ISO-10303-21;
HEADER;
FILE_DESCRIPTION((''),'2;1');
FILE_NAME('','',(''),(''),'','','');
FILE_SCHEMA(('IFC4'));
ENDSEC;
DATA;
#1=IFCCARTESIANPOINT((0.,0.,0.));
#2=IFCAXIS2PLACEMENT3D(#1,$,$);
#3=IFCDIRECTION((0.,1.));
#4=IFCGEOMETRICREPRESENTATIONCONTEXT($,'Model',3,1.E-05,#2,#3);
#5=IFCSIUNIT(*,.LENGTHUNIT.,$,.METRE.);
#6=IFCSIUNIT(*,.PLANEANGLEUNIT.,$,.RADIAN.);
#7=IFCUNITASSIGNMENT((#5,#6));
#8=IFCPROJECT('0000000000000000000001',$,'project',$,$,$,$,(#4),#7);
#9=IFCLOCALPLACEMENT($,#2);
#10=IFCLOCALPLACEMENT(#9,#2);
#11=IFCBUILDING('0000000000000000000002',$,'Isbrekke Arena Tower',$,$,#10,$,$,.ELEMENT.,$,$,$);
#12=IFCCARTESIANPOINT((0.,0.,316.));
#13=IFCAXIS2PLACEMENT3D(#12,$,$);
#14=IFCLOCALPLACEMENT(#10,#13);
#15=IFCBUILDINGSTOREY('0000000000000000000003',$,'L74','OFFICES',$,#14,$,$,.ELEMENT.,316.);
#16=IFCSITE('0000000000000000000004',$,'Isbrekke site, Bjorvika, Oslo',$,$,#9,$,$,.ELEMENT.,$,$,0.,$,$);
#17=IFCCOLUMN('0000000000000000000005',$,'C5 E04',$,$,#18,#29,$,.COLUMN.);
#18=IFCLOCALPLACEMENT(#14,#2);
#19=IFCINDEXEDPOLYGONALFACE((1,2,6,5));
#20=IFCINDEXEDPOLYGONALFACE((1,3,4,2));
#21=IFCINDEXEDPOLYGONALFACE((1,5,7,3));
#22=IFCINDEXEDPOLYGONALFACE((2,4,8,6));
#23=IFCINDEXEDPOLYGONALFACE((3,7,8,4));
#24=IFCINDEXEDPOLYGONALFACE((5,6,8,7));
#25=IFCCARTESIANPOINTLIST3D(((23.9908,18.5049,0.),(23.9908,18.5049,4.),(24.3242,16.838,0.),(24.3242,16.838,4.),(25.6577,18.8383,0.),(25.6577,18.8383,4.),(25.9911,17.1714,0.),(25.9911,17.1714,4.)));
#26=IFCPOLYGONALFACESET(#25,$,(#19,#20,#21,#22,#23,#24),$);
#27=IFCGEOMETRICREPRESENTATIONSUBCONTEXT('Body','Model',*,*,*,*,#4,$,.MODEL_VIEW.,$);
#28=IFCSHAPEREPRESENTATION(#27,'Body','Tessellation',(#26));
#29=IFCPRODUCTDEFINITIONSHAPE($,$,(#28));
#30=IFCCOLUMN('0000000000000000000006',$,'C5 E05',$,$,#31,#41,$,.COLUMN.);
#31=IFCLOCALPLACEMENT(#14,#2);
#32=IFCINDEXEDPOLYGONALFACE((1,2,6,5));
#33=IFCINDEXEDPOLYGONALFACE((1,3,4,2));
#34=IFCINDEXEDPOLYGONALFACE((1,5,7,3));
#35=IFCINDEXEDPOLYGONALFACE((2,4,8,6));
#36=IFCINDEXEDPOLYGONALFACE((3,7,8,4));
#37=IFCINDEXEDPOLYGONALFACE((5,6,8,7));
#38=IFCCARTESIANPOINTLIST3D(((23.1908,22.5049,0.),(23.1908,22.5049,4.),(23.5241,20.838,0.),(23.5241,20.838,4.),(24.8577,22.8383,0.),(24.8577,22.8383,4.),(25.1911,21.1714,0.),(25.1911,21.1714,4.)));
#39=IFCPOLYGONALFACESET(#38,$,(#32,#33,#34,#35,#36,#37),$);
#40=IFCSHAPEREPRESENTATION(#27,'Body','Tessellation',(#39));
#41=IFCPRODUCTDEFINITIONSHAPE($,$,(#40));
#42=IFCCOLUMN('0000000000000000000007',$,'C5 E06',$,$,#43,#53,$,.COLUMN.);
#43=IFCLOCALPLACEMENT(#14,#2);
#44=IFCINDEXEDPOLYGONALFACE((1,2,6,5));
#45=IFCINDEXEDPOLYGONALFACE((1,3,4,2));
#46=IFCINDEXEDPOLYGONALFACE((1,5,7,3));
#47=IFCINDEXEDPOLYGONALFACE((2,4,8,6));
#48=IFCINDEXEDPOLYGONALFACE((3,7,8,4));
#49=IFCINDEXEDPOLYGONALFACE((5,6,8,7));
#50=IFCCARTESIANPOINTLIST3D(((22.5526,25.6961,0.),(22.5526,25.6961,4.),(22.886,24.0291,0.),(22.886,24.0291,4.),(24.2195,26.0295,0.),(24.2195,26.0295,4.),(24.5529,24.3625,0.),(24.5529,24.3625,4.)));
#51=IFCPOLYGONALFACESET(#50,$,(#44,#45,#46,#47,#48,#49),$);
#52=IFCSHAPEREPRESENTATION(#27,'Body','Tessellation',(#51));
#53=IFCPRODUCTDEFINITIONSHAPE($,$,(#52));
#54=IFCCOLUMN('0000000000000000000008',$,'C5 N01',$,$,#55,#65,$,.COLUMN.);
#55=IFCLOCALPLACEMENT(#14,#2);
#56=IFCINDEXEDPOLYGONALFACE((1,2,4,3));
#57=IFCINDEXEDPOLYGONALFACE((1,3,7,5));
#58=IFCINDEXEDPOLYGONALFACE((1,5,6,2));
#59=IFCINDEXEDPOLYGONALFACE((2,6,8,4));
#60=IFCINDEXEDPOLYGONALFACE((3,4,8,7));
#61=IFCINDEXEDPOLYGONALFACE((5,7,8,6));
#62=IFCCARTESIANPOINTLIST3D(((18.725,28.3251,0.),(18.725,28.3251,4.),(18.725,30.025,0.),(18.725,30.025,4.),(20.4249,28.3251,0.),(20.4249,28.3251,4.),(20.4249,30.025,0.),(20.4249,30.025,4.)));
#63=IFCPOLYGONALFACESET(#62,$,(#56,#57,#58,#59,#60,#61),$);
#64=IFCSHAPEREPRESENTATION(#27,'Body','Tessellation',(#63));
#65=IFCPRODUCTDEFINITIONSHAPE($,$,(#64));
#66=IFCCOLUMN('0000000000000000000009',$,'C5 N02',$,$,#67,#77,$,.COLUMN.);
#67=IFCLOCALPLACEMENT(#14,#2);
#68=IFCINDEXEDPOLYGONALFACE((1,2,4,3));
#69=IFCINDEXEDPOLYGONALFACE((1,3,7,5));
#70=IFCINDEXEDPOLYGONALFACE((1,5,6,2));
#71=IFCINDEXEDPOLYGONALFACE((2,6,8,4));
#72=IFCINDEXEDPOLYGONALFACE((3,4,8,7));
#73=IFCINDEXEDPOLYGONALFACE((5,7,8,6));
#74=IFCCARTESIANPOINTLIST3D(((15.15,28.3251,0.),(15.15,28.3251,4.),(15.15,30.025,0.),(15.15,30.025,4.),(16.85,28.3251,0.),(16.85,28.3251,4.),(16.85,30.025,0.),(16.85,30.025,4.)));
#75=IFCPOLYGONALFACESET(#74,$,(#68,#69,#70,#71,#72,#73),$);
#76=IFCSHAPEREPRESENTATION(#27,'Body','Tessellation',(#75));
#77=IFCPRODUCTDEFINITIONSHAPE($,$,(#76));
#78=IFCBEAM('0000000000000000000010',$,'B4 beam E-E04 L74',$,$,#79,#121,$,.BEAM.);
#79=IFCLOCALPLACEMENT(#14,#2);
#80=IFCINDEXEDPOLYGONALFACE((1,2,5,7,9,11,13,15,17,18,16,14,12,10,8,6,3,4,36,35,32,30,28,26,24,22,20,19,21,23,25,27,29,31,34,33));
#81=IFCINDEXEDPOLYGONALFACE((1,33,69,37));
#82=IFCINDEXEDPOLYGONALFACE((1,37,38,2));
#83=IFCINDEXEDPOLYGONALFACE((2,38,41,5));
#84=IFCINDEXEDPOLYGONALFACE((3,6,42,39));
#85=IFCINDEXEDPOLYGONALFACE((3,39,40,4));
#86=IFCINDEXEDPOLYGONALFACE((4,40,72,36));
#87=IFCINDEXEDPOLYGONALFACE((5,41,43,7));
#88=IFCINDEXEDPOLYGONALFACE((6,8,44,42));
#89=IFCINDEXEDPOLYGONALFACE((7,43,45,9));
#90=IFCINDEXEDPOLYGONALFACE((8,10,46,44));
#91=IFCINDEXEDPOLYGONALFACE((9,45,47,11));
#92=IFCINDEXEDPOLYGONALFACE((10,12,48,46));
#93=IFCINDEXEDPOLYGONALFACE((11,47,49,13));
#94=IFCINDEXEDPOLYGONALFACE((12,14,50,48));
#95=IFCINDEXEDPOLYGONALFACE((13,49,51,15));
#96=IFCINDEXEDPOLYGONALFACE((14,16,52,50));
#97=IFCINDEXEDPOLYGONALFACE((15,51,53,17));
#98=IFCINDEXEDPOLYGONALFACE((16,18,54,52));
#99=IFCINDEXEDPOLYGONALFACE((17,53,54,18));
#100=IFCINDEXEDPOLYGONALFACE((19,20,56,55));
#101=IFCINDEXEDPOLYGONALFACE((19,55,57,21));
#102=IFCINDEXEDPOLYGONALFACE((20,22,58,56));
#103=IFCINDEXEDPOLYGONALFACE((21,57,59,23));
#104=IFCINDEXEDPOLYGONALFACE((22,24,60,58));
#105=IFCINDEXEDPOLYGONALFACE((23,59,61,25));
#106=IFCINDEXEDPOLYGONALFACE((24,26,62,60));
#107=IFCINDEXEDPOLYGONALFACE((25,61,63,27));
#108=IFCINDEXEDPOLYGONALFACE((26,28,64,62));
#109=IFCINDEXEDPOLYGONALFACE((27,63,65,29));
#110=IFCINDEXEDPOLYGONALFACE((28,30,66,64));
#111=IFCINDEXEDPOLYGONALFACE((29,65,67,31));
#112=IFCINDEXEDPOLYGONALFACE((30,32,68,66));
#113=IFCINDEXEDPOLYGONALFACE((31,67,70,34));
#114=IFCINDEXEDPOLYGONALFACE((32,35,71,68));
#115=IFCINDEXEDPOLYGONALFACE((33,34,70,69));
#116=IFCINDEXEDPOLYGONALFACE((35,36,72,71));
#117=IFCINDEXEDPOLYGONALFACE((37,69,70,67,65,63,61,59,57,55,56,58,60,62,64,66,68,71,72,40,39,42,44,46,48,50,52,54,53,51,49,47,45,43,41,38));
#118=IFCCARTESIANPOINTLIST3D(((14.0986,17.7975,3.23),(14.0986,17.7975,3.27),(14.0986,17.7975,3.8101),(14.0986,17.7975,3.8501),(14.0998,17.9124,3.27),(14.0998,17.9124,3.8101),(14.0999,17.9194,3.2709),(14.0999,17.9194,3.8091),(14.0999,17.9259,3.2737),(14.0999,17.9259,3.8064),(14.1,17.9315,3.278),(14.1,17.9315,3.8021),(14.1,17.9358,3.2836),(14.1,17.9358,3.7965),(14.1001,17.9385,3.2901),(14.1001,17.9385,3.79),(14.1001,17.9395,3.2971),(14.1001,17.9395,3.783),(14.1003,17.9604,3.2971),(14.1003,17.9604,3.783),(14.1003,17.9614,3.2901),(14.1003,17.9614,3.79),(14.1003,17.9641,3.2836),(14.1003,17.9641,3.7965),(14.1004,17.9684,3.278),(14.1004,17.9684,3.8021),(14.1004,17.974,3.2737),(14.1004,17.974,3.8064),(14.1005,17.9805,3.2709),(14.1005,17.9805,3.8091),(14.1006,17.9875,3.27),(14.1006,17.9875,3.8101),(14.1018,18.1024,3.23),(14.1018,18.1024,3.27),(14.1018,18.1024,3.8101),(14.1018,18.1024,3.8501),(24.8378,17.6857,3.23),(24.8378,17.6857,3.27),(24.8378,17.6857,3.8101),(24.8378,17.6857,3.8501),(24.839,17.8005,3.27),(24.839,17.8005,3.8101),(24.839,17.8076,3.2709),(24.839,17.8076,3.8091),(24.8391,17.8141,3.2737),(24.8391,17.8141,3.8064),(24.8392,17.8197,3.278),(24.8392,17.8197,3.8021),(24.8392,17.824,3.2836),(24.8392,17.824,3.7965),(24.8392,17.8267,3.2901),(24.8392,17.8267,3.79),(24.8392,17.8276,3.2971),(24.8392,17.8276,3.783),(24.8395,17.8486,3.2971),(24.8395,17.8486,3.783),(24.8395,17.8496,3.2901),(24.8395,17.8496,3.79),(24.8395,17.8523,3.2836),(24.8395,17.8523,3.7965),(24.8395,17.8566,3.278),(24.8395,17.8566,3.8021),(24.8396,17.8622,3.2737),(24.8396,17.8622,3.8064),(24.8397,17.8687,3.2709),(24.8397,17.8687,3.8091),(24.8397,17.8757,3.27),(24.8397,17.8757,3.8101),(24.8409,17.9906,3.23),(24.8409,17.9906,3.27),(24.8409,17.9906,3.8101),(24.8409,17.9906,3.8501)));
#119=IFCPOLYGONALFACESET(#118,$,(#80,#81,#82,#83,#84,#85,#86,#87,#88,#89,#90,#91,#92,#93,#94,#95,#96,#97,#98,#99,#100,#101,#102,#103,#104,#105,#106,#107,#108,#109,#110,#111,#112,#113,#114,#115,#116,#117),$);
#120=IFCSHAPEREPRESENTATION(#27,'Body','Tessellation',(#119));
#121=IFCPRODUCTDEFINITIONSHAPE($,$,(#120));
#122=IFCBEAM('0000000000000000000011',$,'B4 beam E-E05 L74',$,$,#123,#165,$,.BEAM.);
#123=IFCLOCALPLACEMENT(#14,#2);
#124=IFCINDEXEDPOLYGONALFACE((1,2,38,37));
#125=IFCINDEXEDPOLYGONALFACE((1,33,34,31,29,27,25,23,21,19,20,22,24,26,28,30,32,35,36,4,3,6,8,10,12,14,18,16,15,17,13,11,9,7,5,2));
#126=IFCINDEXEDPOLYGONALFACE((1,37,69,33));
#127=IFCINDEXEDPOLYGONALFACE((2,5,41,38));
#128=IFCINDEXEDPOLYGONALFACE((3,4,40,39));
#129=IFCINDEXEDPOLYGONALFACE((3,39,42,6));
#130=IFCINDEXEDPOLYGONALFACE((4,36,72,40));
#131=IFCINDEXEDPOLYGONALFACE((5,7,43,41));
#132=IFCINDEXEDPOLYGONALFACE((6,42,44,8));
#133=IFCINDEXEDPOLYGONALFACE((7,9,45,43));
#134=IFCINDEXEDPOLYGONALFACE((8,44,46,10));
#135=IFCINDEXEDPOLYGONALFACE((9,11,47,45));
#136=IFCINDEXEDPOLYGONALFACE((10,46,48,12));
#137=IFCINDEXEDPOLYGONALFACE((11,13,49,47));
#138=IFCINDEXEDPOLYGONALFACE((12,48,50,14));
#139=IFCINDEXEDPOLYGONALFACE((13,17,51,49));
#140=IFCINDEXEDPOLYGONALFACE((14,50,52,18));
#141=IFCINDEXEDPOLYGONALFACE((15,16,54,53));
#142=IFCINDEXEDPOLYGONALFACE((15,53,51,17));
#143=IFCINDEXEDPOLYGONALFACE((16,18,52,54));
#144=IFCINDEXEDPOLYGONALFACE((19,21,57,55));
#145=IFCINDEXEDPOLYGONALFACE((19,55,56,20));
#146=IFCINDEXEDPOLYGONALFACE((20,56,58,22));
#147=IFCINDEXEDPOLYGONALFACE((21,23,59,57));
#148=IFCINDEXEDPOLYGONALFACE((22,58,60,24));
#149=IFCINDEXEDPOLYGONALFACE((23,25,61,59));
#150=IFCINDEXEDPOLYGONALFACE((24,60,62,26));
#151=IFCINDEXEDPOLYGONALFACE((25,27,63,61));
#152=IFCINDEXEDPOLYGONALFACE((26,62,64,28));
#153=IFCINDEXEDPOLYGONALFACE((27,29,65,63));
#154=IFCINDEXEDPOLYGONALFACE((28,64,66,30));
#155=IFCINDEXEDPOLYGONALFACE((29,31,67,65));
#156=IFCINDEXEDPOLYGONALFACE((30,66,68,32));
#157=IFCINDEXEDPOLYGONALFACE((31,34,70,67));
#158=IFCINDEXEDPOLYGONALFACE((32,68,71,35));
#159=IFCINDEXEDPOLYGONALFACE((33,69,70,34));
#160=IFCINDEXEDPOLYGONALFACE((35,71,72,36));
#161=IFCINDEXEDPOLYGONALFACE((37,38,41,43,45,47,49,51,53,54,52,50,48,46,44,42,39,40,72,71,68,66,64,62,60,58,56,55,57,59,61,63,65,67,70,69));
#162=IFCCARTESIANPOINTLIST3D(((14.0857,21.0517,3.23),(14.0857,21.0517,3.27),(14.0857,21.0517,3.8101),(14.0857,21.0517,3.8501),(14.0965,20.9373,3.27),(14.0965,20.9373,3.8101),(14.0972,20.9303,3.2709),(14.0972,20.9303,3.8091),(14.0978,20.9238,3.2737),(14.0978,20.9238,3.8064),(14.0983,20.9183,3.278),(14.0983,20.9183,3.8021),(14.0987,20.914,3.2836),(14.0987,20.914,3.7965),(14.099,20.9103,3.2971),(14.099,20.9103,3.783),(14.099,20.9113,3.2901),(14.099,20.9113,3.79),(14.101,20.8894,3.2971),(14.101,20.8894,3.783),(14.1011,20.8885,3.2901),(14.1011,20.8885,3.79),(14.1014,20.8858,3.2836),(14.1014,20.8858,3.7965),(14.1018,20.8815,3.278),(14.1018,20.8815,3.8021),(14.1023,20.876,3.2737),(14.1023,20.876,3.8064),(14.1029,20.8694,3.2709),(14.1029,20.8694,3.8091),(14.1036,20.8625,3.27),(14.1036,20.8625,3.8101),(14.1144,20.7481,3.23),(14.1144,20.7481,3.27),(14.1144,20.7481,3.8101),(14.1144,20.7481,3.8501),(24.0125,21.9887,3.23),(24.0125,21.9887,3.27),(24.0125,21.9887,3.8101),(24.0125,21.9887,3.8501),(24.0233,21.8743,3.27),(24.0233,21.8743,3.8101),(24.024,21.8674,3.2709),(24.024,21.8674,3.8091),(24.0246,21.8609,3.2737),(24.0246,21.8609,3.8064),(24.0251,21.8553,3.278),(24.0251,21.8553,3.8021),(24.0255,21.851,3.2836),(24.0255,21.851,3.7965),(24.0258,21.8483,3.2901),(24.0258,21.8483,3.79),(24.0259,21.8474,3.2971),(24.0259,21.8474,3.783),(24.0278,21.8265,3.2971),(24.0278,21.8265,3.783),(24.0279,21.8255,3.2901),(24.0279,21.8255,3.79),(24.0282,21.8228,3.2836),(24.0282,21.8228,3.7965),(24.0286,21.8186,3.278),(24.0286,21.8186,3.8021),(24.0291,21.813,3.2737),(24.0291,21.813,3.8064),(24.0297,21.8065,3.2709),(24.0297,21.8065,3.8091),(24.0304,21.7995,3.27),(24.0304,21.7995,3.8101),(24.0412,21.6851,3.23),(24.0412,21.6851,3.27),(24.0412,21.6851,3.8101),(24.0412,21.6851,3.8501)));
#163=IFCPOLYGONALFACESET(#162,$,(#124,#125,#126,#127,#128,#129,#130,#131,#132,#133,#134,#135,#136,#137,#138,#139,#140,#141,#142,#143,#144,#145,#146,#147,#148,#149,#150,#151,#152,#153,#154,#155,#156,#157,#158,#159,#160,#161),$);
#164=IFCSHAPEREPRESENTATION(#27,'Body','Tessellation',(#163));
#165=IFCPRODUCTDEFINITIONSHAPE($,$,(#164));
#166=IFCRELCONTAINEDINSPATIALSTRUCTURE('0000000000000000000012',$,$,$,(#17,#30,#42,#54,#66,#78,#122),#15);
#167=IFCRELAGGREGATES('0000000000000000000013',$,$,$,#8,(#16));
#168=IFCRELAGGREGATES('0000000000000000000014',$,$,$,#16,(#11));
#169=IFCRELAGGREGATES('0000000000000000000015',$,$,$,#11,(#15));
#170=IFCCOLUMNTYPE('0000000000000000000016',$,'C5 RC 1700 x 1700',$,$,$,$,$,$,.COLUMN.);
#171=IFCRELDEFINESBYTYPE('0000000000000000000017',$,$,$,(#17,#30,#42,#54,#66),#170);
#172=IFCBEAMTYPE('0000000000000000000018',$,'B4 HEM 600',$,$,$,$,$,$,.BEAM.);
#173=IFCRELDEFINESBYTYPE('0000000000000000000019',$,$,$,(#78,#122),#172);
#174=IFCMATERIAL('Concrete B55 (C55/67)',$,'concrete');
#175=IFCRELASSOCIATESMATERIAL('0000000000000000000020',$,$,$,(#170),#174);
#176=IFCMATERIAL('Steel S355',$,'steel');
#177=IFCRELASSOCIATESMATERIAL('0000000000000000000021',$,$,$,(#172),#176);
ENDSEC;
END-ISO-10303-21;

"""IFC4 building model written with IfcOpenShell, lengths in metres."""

from ifc_helpers import new_model, si_unit, direction, frame, origin, origin_2d, place, context, subcontext, project, spatial, rectangle, i_section, extrude, material, material_profile, profile_set, type_object, element, save


model = new_model("IFC4")

# Units and contexts
model_context = context("Model", 3, precision=1e-05, world=origin(), true_north=direction((0.0, 1.0)))
body_context = subcontext(model_context, "Body", "Model", "MODEL_VIEW")
ifc_project = project(units=[si_unit("LENGTHUNIT", "METRE"), si_unit("PLANEANGLEUNIT", "RADIAN")], contexts=[model_context])

# Site, building, storey
site_placement = place(None, origin())
site = spatial("IfcSite", under=ifc_project, at=site_placement, Name="Isbrekke site, Bjorvika, Oslo", CompositionType="ELEMENT", RefElevation=0.0)
building_placement = place(site_placement, origin())
building = spatial("IfcBuilding", under=site, at=building_placement, Name="Isbrekke Arena Tower", CompositionType="ELEMENT")
storey_placement = place(building_placement, frame((0.0, 0.0, 316.0)))
storey = spatial("IfcBuildingStorey", under=building, at=storey_placement, Name="L74", Description="OFFICES", CompositionType="ELEMENT", Elevation=316.0)

# Columns
ifc_material_1 = material(Name="Concrete B55 (C55/67)", Category="concrete")
ifc_material_profile_1 = material_profile(ifc_material_1, rectangle(XDim=1.7, YDim=1.7, at=origin_2d()), Name="RC 1700x1700")
ifc_profile_set_1 = profile_set([ifc_material_profile_1], Name="Concrete B55 (C55/67)")
column_type = type_object("IfcColumnType", Name="C5 RC 1700 x 1700", PredefinedType="COLUMN", material=ifc_profile_set_1)
for number, where, z_axis, x_axis, name in (
    (1, (24.991, 17.8381, 0.0), (0.0, 0.0, 1.0), (-0.196116, 0.980581, 0.0), "C5 E04"),
    (2, (24.1909, 21.8381, 0.0), (0.0, 0.0, 1.0), (-0.196116, 0.980581, 0.0), "C5 E05"),
    (3, (23.5527, 25.0293, 0.0), (0.0, 0.0, 1.0), (-0.196116, 0.980581, 0.0), "C5 E06"),
    (4, (19.575, 29.175, 0.0), (0.0, 0.0, 1.0), (-1.0, 0.0, 0.0), "C5 N01"),
    (5, (16.0, 29.175, 0.0), (0.0, 0.0, 1.0), (-1.0, 0.0, 0.0), "C5 N02"),
):
    element("IfcColumn", number, at=place(storey_placement, frame(where, z_axis=z_axis, x_axis=x_axis)), inside=storey, type_object=column_type, Name=name, PredefinedType="COLUMN", context=body_context, shape_type="SweptSolid", body=[
        extrude(rectangle(XDim=1.7, YDim=1.7, at=origin_2d()), origin(), (0.0, 0.0, 1.0), 4.0),
    ])

# Beams
ifc_material_2 = material(Name="Steel S355", Category="steel")
ifc_material_profile_2 = material_profile(ifc_material_2, i_section(OverallWidth=0.3049, OverallDepth=0.6201, WebThickness=0.021, FlangeThickness=0.04, FilletRadius=0.0271, at=origin_2d()), Name="HEM 600")
ifc_profile_set_2 = profile_set([ifc_material_profile_2], Name="Steel S355")
beam_type_1 = type_object("IfcBeamType", Name="B4 HEM 600", PredefinedType="BEAM", material=ifc_profile_set_2)
beam_1_placement = place(storey_placement, frame((24.8394, 17.8381, 3.54), z_axis=(-0.999946, 0.010411, 0.0), x_axis=(-0.010411, -0.999946, 0.0)))
element("IfcBeam", 6, at=beam_1_placement, inside=storey, type_object=beam_type_1, Name="B4 beam E-E04 L74", PredefinedType="BEAM", context=body_context, shape_type="SweptSolid", body=[
    extrude(i_section(OverallWidth=0.3049, OverallDepth=0.6201, WebThickness=0.021, FlangeThickness=0.04, FilletRadius=0.0271, at=origin_2d()), origin(), (0.0, 0.0, 1.0), 10.7397),
])
beam_2_placement = place(storey_placement, frame((24.0269, 21.8369, 3.54), z_axis=(-0.995575, -0.093975, 0.0), x_axis=(0.093975, -0.995575, 0.0)))
element("IfcBeam", 7, at=beam_2_placement, inside=storey, type_object=beam_type_1, Name="B4 beam E-E05 L74", PredefinedType="BEAM", context=body_context, shape_type="SweptSolid", body=[
    extrude(i_section(OverallWidth=0.3049, OverallDepth=0.6201, WebThickness=0.021, FlangeThickness=0.04, FilletRadius=0.0271, at=origin_2d()), origin(), (0.0, 0.0, 1.0), 9.9709),
])

save(model, "model.ifc")
